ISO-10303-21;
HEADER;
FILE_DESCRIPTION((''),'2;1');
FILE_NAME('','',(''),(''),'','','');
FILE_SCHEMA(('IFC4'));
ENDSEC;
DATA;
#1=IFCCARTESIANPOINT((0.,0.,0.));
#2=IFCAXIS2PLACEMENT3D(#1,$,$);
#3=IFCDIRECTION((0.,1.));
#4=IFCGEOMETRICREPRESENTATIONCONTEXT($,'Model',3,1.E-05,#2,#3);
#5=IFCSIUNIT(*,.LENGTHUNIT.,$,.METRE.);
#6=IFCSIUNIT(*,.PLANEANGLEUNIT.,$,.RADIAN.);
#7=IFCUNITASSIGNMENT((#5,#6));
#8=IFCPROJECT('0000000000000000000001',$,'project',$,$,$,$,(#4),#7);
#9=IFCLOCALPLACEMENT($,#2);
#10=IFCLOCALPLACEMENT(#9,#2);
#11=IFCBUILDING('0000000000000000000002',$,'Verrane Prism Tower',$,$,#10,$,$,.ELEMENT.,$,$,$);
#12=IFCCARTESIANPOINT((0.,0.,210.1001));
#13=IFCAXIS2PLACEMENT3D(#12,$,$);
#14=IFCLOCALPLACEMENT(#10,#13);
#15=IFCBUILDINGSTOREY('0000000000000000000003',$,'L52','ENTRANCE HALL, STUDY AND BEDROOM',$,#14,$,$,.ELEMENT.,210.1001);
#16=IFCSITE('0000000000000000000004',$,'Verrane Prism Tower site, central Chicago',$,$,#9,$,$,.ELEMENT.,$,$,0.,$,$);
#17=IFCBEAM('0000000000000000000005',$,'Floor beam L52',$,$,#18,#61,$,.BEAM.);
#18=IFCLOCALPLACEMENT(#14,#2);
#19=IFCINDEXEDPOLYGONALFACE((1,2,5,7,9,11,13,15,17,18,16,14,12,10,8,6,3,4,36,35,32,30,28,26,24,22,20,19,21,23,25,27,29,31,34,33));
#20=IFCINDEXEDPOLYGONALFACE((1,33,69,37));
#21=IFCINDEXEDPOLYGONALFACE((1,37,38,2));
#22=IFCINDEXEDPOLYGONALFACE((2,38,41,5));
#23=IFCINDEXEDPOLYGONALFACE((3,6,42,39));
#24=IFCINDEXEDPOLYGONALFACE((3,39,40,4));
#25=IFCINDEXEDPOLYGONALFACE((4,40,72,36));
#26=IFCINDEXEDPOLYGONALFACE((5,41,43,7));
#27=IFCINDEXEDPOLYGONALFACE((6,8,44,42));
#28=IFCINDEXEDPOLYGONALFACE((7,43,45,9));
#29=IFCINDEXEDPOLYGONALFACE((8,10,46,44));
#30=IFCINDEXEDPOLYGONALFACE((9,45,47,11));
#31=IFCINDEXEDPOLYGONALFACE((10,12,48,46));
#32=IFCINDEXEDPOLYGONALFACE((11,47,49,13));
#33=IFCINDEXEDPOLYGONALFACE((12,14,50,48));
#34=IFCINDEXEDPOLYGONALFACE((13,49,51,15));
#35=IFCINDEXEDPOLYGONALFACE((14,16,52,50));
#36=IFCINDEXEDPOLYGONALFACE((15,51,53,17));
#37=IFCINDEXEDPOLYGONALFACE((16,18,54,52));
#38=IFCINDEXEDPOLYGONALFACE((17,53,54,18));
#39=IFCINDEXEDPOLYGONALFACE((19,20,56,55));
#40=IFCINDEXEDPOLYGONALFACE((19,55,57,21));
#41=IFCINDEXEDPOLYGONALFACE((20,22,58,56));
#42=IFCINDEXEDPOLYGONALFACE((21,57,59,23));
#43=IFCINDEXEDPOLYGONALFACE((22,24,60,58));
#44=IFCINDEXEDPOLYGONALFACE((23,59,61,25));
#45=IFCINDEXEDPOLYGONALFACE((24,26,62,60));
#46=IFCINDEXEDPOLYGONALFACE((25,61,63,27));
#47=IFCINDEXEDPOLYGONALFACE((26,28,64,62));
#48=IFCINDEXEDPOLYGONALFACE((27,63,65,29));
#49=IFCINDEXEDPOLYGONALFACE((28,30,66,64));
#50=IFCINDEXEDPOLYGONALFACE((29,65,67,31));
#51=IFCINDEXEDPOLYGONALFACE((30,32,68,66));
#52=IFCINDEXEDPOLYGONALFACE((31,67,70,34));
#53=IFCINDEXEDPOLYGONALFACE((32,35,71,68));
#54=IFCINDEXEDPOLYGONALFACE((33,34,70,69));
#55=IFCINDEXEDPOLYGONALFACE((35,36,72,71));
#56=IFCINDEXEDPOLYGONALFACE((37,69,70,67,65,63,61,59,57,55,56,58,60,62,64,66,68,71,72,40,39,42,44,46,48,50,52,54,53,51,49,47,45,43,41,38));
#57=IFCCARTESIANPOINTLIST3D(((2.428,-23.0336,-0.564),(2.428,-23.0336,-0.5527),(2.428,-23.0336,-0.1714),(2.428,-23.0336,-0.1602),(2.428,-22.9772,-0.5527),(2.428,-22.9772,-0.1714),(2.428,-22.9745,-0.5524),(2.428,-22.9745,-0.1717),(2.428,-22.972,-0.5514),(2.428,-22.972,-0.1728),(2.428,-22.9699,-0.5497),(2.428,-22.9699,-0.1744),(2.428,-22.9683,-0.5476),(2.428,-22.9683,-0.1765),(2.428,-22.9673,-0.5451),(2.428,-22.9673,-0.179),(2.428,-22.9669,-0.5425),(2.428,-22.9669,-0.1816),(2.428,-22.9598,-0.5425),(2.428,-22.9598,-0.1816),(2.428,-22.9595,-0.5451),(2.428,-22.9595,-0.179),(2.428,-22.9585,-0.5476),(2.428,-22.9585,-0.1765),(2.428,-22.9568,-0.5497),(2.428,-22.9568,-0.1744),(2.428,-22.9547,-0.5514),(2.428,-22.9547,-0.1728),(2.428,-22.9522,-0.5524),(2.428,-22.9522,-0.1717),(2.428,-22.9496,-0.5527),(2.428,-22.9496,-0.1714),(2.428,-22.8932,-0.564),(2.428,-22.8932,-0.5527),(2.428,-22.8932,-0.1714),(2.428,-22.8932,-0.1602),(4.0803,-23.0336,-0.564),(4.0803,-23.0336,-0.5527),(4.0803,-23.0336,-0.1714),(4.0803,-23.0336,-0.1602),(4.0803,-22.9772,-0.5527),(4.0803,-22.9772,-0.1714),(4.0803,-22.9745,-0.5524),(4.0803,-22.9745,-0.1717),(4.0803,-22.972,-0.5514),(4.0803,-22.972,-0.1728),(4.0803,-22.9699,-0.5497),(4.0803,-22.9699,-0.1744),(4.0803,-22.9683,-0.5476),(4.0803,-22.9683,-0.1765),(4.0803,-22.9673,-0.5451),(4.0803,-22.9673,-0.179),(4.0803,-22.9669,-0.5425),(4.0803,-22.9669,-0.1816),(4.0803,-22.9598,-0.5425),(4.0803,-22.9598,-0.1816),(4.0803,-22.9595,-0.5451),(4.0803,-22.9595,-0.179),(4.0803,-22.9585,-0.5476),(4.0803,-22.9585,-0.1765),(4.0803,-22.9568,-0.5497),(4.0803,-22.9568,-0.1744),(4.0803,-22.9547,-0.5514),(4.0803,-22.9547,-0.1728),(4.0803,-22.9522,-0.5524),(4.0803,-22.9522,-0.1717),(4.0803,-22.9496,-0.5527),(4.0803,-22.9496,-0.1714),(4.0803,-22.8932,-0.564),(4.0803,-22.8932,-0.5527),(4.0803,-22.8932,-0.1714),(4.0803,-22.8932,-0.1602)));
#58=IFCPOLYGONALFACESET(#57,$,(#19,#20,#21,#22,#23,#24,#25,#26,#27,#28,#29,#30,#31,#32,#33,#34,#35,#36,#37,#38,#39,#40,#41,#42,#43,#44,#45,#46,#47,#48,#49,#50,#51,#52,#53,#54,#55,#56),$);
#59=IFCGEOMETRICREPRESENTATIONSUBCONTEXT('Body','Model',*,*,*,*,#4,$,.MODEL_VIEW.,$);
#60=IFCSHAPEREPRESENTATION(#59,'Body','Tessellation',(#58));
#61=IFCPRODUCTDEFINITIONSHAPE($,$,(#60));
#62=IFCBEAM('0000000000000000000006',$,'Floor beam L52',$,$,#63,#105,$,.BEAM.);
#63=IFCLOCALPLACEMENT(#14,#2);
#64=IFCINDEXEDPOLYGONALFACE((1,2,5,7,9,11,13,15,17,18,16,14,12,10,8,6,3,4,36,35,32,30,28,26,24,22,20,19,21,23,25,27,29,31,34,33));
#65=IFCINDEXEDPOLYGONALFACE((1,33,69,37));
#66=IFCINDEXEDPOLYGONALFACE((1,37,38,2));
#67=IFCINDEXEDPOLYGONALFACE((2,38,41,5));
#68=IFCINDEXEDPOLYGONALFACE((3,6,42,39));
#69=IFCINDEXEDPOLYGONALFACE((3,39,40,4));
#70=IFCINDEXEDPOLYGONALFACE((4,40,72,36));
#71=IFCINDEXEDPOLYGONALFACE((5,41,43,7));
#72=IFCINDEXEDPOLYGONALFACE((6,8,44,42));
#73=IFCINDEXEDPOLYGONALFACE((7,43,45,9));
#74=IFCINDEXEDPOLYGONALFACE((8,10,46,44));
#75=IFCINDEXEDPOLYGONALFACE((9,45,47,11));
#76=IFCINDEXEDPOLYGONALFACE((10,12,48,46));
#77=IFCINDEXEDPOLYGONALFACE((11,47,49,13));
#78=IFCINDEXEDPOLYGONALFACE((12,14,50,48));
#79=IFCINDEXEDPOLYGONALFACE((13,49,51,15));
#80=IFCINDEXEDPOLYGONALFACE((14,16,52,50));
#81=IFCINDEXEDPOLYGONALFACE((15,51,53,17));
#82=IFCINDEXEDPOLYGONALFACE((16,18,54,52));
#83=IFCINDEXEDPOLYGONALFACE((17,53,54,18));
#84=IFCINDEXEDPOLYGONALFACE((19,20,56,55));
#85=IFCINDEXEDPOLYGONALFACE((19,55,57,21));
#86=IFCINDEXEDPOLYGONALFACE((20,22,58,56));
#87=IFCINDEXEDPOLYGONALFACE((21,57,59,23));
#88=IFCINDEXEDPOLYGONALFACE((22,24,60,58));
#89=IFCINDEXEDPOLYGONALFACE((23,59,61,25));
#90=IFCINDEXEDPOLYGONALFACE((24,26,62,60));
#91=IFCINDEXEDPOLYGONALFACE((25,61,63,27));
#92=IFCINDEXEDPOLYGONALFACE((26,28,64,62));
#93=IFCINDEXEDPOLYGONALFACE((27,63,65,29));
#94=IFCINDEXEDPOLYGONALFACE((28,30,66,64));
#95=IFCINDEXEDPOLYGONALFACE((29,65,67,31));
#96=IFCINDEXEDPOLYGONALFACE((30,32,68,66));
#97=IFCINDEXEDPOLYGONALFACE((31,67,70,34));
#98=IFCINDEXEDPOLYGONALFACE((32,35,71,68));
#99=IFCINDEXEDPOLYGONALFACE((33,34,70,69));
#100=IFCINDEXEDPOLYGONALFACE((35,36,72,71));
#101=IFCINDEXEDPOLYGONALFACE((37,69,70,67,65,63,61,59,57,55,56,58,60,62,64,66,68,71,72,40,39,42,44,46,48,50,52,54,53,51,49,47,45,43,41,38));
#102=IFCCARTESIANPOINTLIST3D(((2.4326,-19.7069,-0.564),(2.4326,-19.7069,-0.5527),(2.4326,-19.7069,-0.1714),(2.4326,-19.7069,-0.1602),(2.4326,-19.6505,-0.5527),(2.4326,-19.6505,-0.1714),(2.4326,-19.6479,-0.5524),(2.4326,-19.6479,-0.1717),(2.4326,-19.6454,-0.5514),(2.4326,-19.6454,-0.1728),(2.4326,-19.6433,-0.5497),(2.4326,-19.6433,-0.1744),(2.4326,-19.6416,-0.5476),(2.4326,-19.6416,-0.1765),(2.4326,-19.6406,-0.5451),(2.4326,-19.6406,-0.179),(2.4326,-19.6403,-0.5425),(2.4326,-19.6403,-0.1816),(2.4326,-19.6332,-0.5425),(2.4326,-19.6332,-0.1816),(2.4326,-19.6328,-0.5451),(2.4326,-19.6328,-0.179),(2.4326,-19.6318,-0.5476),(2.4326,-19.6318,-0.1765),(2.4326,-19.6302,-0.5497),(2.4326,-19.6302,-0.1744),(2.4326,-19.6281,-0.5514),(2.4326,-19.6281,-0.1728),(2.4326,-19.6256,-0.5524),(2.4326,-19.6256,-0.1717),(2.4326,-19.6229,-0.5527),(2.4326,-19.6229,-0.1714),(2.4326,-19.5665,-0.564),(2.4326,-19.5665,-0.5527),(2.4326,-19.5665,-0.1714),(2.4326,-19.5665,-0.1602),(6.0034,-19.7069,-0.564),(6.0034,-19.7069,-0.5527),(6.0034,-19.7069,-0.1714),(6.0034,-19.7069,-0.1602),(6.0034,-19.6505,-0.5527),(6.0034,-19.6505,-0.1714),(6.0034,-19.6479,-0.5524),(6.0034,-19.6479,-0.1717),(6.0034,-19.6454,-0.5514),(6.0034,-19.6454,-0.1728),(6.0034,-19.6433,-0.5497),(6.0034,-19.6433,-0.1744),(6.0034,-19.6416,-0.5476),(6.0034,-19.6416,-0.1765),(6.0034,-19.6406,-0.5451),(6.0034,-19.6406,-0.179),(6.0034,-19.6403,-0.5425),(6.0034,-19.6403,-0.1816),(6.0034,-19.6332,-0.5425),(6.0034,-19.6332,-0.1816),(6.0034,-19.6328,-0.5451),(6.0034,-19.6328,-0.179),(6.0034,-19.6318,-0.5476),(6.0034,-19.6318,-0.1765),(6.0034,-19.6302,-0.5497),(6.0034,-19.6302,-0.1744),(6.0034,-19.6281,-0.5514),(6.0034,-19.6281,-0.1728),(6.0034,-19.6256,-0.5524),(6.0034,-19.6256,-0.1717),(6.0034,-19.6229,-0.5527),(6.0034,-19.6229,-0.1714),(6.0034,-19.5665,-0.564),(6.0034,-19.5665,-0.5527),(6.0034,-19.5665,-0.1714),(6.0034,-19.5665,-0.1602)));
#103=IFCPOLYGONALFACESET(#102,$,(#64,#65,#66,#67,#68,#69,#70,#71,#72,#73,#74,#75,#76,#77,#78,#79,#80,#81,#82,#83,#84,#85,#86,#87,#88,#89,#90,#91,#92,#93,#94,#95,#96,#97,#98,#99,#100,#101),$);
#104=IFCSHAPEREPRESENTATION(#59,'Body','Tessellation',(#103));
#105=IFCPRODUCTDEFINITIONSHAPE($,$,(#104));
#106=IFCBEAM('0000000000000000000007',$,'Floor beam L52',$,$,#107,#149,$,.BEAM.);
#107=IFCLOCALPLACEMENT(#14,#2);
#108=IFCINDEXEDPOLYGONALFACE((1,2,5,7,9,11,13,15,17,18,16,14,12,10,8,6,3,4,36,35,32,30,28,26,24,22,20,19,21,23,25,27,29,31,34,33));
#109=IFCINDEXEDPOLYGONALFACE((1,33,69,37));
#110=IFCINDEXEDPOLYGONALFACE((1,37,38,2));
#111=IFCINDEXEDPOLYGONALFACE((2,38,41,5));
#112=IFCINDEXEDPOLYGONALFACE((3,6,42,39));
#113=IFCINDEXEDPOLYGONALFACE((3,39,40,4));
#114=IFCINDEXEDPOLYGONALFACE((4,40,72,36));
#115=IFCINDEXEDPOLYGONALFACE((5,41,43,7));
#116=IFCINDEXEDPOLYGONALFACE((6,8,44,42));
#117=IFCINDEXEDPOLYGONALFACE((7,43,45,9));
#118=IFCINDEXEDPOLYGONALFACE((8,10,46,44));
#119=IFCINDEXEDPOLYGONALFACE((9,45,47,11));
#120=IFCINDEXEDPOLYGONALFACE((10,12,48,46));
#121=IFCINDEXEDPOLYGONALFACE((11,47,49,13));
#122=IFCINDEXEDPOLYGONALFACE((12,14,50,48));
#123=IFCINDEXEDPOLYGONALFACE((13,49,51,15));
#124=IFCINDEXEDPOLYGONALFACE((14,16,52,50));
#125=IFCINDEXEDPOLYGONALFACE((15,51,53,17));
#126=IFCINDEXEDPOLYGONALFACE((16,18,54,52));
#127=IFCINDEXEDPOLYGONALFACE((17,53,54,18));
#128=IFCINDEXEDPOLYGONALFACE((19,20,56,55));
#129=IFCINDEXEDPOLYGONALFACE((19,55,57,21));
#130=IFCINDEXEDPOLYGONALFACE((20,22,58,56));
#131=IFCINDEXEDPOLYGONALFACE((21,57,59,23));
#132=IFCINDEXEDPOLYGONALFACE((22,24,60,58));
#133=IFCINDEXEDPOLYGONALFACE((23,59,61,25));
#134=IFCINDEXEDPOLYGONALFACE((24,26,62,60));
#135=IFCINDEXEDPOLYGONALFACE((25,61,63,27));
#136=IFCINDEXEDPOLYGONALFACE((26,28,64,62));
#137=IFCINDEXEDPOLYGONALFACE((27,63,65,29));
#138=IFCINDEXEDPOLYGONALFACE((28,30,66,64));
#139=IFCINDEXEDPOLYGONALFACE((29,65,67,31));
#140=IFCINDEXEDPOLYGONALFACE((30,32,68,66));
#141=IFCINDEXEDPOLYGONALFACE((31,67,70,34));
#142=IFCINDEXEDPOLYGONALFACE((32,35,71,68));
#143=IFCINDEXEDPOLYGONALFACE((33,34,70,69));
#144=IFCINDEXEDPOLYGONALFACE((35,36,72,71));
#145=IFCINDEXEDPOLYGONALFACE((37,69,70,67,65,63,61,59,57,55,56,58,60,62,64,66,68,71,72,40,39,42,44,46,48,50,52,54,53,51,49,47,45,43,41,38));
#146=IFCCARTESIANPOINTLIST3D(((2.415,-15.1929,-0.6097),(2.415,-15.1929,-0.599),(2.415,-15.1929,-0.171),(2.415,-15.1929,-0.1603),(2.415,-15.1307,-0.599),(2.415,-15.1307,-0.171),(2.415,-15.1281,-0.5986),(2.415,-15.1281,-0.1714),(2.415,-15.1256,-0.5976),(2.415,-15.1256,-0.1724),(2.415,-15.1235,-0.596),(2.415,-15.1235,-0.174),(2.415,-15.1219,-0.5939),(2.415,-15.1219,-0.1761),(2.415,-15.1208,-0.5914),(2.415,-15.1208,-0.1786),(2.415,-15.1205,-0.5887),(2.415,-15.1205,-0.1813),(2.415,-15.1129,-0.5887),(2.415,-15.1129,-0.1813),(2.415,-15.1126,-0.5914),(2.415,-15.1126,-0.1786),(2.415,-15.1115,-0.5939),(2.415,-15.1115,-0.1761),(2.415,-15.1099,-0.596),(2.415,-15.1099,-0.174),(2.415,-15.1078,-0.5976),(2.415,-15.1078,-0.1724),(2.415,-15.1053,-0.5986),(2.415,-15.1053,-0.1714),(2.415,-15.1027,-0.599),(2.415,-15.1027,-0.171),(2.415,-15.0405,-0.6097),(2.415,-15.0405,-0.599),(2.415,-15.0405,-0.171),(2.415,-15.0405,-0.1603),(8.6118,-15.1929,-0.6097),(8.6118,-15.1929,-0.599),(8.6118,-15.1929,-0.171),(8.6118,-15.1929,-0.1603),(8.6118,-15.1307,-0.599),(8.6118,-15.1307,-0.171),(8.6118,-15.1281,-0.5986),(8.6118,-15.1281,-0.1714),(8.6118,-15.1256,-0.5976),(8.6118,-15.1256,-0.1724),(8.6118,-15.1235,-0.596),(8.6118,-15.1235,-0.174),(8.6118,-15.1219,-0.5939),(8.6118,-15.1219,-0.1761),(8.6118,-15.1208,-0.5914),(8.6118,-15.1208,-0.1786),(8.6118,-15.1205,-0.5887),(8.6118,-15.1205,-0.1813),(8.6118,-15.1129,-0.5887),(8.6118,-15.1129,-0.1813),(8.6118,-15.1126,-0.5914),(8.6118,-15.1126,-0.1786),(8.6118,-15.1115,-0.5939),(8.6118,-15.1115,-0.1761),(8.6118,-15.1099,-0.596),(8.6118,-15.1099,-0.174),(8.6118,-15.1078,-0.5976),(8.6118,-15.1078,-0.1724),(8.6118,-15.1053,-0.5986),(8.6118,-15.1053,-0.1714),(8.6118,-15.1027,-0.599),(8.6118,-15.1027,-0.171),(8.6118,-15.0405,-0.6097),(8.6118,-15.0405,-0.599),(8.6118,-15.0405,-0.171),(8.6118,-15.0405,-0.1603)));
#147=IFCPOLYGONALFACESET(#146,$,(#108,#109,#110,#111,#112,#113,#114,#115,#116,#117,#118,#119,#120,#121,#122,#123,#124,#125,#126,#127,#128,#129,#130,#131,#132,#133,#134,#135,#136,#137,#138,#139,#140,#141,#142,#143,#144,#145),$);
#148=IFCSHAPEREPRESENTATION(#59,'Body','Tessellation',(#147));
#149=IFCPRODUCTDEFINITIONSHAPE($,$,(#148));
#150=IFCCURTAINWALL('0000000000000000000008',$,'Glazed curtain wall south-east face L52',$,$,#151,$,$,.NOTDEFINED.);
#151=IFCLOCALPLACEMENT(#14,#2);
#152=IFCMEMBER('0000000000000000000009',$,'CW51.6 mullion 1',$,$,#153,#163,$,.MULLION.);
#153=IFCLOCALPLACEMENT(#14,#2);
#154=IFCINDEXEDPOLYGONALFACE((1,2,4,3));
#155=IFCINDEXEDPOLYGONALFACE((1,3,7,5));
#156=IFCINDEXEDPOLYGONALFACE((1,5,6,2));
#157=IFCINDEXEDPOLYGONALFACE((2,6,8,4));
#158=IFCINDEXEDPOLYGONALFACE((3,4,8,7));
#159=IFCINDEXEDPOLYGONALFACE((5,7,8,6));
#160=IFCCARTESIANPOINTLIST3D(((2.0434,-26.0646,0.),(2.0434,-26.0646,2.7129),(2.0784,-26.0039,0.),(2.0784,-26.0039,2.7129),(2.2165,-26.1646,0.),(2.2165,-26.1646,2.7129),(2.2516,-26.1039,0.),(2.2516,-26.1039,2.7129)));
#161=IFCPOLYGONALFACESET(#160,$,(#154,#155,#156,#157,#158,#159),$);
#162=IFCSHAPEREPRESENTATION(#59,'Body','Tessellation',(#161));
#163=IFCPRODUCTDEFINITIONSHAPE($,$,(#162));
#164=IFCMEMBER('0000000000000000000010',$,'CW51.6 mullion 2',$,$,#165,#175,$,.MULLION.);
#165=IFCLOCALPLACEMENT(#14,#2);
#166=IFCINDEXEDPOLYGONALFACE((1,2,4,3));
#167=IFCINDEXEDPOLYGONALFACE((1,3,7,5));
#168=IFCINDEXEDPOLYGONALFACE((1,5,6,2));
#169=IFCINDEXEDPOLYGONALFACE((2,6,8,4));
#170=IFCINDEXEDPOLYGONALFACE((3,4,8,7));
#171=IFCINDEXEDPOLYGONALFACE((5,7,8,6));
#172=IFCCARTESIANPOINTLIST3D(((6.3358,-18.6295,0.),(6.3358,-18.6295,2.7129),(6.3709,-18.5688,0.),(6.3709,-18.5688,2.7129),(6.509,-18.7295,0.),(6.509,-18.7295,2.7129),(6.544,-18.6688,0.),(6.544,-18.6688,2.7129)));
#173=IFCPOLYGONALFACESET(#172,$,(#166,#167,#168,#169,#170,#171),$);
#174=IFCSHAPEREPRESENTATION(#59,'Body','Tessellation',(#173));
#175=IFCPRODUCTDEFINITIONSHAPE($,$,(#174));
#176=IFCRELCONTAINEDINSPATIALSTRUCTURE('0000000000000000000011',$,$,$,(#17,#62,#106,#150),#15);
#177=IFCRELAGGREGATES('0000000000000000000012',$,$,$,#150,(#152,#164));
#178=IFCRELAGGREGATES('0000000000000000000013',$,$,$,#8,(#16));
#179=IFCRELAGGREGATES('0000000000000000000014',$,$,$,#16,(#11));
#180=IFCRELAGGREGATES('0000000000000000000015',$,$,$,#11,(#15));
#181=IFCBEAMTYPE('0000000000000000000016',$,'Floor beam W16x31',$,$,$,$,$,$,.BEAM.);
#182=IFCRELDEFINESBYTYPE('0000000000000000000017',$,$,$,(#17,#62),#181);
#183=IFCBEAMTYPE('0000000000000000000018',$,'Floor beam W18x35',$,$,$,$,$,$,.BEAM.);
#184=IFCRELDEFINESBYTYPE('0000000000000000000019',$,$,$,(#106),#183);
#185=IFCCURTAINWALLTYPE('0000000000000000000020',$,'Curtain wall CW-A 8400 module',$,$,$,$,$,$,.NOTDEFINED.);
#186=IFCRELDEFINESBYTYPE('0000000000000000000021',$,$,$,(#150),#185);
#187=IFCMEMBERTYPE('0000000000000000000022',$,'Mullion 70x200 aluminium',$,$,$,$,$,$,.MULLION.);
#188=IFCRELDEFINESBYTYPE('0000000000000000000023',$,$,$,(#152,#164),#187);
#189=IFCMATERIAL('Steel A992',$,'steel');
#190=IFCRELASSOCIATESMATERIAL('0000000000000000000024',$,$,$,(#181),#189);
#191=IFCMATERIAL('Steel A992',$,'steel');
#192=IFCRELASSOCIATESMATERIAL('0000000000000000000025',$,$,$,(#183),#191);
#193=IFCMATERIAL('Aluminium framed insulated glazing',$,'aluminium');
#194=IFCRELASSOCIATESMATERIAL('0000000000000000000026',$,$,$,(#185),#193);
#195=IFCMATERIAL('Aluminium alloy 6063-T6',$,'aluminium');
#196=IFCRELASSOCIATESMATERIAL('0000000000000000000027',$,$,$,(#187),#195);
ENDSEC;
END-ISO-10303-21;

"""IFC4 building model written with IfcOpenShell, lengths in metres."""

from ifc_helpers import new_model, si_unit, direction, frame, origin, origin_2d, place, context, subcontext, project, spatial, rectangle, i_section, extrude, material, material_profile, profile_set, type_object, element, aggregate, save


model = new_model("IFC4")

# Units and contexts
model_context = context("Model", 3, precision=1e-05, world=origin(), true_north=direction((0.0, 1.0)))
body_context = subcontext(model_context, "Body", "Model", "MODEL_VIEW")
ifc_project = project(units=[si_unit("LENGTHUNIT", "METRE"), si_unit("PLANEANGLEUNIT", "RADIAN")], contexts=[model_context])

# Site, building, storey
site_placement = place(None, origin())
site = spatial("IfcSite", under=ifc_project, at=site_placement, Name="Verrane Prism Tower site, central Chicago", CompositionType="ELEMENT", RefElevation=0.0)
building_placement = place(site_placement, origin())
building = spatial("IfcBuilding", under=site, at=building_placement, Name="Verrane Prism Tower", CompositionType="ELEMENT")
storey_placement = place(building_placement, frame((0.0, 0.0, 210.1001)))
storey = spatial("IfcBuildingStorey", under=building, at=storey_placement, Name="L52", Description="ENTRANCE HALL, STUDY AND BEDROOM", CompositionType="ELEMENT", Elevation=210.1001)

# Beams
ifc_material_1 = material(Name="Steel A992", Category="steel")
ifc_material_profile_1 = material_profile(ifc_material_1, i_section(OverallWidth=0.1404, OverallDepth=0.4038, WebThickness=0.0071, FlangeThickness=0.0112, FilletRadius=0.0103, at=origin_2d()), Name="W16x31")
ifc_profile_set_1 = profile_set([ifc_material_profile_1], Name="Steel A992")
beam_type_1 = type_object("IfcBeamType", Name="Floor beam W16x31", PredefinedType="BEAM", material=ifc_profile_set_1)
beam_1_placement = place(storey_placement, frame((2.428, -22.9634, -0.3621), z_axis=(1.0, 0.0, 0.0), x_axis=(0.0, 1.0, 0.0)))
element("IfcBeam", 1, at=beam_1_placement, inside=storey, type_object=beam_type_1, Name="Floor beam L52", PredefinedType="BEAM", context=body_context, shape_type="SweptSolid", body=[
    extrude(i_section(OverallWidth=0.1404, OverallDepth=0.4038, WebThickness=0.0071, FlangeThickness=0.0112, FilletRadius=0.0103, at=origin_2d()), origin(), (0.0, 0.0, 1.0), 1.6523),
])
beam_2_placement = place(storey_placement, frame((2.4326, -19.6367, -0.3621), z_axis=(1.0, 0.0, 0.0), x_axis=(0.0, 1.0, 0.0)))
element("IfcBeam", 2, at=beam_2_placement, inside=storey, type_object=beam_type_1, Name="Floor beam L52", PredefinedType="BEAM", context=body_context, shape_type="SweptSolid", body=[
    extrude(i_section(OverallWidth=0.1404, OverallDepth=0.4038, WebThickness=0.0071, FlangeThickness=0.0112, FilletRadius=0.0103, at=origin_2d()), origin(), (0.0, 0.0, 1.0), 3.5708),
])
ifc_material_2 = material(Name="Steel A992", Category="steel")
ifc_material_profile_2 = material_profile(ifc_material_2, i_section(OverallWidth=0.1523, OverallDepth=0.4495, WebThickness=0.0076, FlangeThickness=0.0107, FilletRadius=0.0103, at=origin_2d()), Name="W18x35")
ifc_profile_set_2 = profile_set([ifc_material_profile_2], Name="Steel A992")
beam_type_2 = type_object("IfcBeamType", Name="Floor beam W18x35", PredefinedType="BEAM", material=ifc_profile_set_2)
beam_3_placement = place(storey_placement, frame((2.415, -15.1167, -0.385), z_axis=(1.0, 0.0, 0.0), x_axis=(0.0, 1.0, 0.0)))
element("IfcBeam", 3, at=beam_3_placement, inside=storey, type_object=beam_type_2, Name="Floor beam L52", PredefinedType="BEAM", context=body_context, shape_type="SweptSolid", body=[
    extrude(i_section(OverallWidth=0.1523, OverallDepth=0.4495, WebThickness=0.0076, FlangeThickness=0.0107, FilletRadius=0.0103, at=origin_2d()), origin(), (0.0, 0.0, 1.0), 6.1968),
])

# Curtain wall, members
ifc_material_3 = material(Name="Aluminium framed insulated glazing", Category="aluminium")
curtain_wall_type = type_object("IfcCurtainWallType", Name="Curtain wall CW-A 8400 module", PredefinedType="NOTDEFINED", material=ifc_material_3)
curtain_wall_1_placement = place(storey_placement, origin())
curtain_wall_1 = element("IfcCurtainWall", 4, at=curtain_wall_1_placement, inside=storey, type_object=curtain_wall_type, Name="Glazed curtain wall south-east face L52", PredefinedType="NOTDEFINED")
ifc_material_4 = material(Name="Aluminium alloy 6063-T6", Category="aluminium")
ifc_material_profile_3 = material_profile(ifc_material_4, rectangle(XDim=0.2, YDim=0.0701, at=origin_2d()), Name="Mullion 70x200 aluminium")
ifc_profile_set_3 = profile_set([ifc_material_profile_3], Name="Aluminium alloy 6063-T6")
member_type_1 = type_object("IfcMemberType", Name="Mullion 70x200 aluminium", PredefinedType="MULLION", material=ifc_profile_set_3)
member_1_placement = place(storey_placement, frame((2.1475, -26.0842, 0.0), z_axis=(0.0, 0.0, 1.0), x_axis=(-0.866026, 0.499999, 0.0)))
member_1 = element("IfcMember", 5, at=member_1_placement, type_object=member_type_1, Name="CW51.6 mullion 1", PredefinedType="MULLION", context=body_context, shape_type="SweptSolid", body=[
    extrude(rectangle(XDim=0.2, YDim=0.0701, at=origin_2d()), origin(), (0.0, 0.0, 1.0), 2.7129),
])
member_2_placement = place(storey_placement, frame((6.4399, -18.6492, 0.0), z_axis=(0.0, 0.0, 1.0), x_axis=(-0.866026, 0.499999, 0.0)))
member_2 = element("IfcMember", 6, at=member_2_placement, type_object=member_type_1, Name="CW51.6 mullion 2", PredefinedType="MULLION", context=body_context, shape_type="SweptSolid", body=[
    extrude(rectangle(XDim=0.2, YDim=0.0701, at=origin_2d()), origin(), (0.0, 0.0, 1.0), 2.7129),
])

aggregate(curtain_wall_1, [member_1, member_2])

save(model, "model.ifc")
